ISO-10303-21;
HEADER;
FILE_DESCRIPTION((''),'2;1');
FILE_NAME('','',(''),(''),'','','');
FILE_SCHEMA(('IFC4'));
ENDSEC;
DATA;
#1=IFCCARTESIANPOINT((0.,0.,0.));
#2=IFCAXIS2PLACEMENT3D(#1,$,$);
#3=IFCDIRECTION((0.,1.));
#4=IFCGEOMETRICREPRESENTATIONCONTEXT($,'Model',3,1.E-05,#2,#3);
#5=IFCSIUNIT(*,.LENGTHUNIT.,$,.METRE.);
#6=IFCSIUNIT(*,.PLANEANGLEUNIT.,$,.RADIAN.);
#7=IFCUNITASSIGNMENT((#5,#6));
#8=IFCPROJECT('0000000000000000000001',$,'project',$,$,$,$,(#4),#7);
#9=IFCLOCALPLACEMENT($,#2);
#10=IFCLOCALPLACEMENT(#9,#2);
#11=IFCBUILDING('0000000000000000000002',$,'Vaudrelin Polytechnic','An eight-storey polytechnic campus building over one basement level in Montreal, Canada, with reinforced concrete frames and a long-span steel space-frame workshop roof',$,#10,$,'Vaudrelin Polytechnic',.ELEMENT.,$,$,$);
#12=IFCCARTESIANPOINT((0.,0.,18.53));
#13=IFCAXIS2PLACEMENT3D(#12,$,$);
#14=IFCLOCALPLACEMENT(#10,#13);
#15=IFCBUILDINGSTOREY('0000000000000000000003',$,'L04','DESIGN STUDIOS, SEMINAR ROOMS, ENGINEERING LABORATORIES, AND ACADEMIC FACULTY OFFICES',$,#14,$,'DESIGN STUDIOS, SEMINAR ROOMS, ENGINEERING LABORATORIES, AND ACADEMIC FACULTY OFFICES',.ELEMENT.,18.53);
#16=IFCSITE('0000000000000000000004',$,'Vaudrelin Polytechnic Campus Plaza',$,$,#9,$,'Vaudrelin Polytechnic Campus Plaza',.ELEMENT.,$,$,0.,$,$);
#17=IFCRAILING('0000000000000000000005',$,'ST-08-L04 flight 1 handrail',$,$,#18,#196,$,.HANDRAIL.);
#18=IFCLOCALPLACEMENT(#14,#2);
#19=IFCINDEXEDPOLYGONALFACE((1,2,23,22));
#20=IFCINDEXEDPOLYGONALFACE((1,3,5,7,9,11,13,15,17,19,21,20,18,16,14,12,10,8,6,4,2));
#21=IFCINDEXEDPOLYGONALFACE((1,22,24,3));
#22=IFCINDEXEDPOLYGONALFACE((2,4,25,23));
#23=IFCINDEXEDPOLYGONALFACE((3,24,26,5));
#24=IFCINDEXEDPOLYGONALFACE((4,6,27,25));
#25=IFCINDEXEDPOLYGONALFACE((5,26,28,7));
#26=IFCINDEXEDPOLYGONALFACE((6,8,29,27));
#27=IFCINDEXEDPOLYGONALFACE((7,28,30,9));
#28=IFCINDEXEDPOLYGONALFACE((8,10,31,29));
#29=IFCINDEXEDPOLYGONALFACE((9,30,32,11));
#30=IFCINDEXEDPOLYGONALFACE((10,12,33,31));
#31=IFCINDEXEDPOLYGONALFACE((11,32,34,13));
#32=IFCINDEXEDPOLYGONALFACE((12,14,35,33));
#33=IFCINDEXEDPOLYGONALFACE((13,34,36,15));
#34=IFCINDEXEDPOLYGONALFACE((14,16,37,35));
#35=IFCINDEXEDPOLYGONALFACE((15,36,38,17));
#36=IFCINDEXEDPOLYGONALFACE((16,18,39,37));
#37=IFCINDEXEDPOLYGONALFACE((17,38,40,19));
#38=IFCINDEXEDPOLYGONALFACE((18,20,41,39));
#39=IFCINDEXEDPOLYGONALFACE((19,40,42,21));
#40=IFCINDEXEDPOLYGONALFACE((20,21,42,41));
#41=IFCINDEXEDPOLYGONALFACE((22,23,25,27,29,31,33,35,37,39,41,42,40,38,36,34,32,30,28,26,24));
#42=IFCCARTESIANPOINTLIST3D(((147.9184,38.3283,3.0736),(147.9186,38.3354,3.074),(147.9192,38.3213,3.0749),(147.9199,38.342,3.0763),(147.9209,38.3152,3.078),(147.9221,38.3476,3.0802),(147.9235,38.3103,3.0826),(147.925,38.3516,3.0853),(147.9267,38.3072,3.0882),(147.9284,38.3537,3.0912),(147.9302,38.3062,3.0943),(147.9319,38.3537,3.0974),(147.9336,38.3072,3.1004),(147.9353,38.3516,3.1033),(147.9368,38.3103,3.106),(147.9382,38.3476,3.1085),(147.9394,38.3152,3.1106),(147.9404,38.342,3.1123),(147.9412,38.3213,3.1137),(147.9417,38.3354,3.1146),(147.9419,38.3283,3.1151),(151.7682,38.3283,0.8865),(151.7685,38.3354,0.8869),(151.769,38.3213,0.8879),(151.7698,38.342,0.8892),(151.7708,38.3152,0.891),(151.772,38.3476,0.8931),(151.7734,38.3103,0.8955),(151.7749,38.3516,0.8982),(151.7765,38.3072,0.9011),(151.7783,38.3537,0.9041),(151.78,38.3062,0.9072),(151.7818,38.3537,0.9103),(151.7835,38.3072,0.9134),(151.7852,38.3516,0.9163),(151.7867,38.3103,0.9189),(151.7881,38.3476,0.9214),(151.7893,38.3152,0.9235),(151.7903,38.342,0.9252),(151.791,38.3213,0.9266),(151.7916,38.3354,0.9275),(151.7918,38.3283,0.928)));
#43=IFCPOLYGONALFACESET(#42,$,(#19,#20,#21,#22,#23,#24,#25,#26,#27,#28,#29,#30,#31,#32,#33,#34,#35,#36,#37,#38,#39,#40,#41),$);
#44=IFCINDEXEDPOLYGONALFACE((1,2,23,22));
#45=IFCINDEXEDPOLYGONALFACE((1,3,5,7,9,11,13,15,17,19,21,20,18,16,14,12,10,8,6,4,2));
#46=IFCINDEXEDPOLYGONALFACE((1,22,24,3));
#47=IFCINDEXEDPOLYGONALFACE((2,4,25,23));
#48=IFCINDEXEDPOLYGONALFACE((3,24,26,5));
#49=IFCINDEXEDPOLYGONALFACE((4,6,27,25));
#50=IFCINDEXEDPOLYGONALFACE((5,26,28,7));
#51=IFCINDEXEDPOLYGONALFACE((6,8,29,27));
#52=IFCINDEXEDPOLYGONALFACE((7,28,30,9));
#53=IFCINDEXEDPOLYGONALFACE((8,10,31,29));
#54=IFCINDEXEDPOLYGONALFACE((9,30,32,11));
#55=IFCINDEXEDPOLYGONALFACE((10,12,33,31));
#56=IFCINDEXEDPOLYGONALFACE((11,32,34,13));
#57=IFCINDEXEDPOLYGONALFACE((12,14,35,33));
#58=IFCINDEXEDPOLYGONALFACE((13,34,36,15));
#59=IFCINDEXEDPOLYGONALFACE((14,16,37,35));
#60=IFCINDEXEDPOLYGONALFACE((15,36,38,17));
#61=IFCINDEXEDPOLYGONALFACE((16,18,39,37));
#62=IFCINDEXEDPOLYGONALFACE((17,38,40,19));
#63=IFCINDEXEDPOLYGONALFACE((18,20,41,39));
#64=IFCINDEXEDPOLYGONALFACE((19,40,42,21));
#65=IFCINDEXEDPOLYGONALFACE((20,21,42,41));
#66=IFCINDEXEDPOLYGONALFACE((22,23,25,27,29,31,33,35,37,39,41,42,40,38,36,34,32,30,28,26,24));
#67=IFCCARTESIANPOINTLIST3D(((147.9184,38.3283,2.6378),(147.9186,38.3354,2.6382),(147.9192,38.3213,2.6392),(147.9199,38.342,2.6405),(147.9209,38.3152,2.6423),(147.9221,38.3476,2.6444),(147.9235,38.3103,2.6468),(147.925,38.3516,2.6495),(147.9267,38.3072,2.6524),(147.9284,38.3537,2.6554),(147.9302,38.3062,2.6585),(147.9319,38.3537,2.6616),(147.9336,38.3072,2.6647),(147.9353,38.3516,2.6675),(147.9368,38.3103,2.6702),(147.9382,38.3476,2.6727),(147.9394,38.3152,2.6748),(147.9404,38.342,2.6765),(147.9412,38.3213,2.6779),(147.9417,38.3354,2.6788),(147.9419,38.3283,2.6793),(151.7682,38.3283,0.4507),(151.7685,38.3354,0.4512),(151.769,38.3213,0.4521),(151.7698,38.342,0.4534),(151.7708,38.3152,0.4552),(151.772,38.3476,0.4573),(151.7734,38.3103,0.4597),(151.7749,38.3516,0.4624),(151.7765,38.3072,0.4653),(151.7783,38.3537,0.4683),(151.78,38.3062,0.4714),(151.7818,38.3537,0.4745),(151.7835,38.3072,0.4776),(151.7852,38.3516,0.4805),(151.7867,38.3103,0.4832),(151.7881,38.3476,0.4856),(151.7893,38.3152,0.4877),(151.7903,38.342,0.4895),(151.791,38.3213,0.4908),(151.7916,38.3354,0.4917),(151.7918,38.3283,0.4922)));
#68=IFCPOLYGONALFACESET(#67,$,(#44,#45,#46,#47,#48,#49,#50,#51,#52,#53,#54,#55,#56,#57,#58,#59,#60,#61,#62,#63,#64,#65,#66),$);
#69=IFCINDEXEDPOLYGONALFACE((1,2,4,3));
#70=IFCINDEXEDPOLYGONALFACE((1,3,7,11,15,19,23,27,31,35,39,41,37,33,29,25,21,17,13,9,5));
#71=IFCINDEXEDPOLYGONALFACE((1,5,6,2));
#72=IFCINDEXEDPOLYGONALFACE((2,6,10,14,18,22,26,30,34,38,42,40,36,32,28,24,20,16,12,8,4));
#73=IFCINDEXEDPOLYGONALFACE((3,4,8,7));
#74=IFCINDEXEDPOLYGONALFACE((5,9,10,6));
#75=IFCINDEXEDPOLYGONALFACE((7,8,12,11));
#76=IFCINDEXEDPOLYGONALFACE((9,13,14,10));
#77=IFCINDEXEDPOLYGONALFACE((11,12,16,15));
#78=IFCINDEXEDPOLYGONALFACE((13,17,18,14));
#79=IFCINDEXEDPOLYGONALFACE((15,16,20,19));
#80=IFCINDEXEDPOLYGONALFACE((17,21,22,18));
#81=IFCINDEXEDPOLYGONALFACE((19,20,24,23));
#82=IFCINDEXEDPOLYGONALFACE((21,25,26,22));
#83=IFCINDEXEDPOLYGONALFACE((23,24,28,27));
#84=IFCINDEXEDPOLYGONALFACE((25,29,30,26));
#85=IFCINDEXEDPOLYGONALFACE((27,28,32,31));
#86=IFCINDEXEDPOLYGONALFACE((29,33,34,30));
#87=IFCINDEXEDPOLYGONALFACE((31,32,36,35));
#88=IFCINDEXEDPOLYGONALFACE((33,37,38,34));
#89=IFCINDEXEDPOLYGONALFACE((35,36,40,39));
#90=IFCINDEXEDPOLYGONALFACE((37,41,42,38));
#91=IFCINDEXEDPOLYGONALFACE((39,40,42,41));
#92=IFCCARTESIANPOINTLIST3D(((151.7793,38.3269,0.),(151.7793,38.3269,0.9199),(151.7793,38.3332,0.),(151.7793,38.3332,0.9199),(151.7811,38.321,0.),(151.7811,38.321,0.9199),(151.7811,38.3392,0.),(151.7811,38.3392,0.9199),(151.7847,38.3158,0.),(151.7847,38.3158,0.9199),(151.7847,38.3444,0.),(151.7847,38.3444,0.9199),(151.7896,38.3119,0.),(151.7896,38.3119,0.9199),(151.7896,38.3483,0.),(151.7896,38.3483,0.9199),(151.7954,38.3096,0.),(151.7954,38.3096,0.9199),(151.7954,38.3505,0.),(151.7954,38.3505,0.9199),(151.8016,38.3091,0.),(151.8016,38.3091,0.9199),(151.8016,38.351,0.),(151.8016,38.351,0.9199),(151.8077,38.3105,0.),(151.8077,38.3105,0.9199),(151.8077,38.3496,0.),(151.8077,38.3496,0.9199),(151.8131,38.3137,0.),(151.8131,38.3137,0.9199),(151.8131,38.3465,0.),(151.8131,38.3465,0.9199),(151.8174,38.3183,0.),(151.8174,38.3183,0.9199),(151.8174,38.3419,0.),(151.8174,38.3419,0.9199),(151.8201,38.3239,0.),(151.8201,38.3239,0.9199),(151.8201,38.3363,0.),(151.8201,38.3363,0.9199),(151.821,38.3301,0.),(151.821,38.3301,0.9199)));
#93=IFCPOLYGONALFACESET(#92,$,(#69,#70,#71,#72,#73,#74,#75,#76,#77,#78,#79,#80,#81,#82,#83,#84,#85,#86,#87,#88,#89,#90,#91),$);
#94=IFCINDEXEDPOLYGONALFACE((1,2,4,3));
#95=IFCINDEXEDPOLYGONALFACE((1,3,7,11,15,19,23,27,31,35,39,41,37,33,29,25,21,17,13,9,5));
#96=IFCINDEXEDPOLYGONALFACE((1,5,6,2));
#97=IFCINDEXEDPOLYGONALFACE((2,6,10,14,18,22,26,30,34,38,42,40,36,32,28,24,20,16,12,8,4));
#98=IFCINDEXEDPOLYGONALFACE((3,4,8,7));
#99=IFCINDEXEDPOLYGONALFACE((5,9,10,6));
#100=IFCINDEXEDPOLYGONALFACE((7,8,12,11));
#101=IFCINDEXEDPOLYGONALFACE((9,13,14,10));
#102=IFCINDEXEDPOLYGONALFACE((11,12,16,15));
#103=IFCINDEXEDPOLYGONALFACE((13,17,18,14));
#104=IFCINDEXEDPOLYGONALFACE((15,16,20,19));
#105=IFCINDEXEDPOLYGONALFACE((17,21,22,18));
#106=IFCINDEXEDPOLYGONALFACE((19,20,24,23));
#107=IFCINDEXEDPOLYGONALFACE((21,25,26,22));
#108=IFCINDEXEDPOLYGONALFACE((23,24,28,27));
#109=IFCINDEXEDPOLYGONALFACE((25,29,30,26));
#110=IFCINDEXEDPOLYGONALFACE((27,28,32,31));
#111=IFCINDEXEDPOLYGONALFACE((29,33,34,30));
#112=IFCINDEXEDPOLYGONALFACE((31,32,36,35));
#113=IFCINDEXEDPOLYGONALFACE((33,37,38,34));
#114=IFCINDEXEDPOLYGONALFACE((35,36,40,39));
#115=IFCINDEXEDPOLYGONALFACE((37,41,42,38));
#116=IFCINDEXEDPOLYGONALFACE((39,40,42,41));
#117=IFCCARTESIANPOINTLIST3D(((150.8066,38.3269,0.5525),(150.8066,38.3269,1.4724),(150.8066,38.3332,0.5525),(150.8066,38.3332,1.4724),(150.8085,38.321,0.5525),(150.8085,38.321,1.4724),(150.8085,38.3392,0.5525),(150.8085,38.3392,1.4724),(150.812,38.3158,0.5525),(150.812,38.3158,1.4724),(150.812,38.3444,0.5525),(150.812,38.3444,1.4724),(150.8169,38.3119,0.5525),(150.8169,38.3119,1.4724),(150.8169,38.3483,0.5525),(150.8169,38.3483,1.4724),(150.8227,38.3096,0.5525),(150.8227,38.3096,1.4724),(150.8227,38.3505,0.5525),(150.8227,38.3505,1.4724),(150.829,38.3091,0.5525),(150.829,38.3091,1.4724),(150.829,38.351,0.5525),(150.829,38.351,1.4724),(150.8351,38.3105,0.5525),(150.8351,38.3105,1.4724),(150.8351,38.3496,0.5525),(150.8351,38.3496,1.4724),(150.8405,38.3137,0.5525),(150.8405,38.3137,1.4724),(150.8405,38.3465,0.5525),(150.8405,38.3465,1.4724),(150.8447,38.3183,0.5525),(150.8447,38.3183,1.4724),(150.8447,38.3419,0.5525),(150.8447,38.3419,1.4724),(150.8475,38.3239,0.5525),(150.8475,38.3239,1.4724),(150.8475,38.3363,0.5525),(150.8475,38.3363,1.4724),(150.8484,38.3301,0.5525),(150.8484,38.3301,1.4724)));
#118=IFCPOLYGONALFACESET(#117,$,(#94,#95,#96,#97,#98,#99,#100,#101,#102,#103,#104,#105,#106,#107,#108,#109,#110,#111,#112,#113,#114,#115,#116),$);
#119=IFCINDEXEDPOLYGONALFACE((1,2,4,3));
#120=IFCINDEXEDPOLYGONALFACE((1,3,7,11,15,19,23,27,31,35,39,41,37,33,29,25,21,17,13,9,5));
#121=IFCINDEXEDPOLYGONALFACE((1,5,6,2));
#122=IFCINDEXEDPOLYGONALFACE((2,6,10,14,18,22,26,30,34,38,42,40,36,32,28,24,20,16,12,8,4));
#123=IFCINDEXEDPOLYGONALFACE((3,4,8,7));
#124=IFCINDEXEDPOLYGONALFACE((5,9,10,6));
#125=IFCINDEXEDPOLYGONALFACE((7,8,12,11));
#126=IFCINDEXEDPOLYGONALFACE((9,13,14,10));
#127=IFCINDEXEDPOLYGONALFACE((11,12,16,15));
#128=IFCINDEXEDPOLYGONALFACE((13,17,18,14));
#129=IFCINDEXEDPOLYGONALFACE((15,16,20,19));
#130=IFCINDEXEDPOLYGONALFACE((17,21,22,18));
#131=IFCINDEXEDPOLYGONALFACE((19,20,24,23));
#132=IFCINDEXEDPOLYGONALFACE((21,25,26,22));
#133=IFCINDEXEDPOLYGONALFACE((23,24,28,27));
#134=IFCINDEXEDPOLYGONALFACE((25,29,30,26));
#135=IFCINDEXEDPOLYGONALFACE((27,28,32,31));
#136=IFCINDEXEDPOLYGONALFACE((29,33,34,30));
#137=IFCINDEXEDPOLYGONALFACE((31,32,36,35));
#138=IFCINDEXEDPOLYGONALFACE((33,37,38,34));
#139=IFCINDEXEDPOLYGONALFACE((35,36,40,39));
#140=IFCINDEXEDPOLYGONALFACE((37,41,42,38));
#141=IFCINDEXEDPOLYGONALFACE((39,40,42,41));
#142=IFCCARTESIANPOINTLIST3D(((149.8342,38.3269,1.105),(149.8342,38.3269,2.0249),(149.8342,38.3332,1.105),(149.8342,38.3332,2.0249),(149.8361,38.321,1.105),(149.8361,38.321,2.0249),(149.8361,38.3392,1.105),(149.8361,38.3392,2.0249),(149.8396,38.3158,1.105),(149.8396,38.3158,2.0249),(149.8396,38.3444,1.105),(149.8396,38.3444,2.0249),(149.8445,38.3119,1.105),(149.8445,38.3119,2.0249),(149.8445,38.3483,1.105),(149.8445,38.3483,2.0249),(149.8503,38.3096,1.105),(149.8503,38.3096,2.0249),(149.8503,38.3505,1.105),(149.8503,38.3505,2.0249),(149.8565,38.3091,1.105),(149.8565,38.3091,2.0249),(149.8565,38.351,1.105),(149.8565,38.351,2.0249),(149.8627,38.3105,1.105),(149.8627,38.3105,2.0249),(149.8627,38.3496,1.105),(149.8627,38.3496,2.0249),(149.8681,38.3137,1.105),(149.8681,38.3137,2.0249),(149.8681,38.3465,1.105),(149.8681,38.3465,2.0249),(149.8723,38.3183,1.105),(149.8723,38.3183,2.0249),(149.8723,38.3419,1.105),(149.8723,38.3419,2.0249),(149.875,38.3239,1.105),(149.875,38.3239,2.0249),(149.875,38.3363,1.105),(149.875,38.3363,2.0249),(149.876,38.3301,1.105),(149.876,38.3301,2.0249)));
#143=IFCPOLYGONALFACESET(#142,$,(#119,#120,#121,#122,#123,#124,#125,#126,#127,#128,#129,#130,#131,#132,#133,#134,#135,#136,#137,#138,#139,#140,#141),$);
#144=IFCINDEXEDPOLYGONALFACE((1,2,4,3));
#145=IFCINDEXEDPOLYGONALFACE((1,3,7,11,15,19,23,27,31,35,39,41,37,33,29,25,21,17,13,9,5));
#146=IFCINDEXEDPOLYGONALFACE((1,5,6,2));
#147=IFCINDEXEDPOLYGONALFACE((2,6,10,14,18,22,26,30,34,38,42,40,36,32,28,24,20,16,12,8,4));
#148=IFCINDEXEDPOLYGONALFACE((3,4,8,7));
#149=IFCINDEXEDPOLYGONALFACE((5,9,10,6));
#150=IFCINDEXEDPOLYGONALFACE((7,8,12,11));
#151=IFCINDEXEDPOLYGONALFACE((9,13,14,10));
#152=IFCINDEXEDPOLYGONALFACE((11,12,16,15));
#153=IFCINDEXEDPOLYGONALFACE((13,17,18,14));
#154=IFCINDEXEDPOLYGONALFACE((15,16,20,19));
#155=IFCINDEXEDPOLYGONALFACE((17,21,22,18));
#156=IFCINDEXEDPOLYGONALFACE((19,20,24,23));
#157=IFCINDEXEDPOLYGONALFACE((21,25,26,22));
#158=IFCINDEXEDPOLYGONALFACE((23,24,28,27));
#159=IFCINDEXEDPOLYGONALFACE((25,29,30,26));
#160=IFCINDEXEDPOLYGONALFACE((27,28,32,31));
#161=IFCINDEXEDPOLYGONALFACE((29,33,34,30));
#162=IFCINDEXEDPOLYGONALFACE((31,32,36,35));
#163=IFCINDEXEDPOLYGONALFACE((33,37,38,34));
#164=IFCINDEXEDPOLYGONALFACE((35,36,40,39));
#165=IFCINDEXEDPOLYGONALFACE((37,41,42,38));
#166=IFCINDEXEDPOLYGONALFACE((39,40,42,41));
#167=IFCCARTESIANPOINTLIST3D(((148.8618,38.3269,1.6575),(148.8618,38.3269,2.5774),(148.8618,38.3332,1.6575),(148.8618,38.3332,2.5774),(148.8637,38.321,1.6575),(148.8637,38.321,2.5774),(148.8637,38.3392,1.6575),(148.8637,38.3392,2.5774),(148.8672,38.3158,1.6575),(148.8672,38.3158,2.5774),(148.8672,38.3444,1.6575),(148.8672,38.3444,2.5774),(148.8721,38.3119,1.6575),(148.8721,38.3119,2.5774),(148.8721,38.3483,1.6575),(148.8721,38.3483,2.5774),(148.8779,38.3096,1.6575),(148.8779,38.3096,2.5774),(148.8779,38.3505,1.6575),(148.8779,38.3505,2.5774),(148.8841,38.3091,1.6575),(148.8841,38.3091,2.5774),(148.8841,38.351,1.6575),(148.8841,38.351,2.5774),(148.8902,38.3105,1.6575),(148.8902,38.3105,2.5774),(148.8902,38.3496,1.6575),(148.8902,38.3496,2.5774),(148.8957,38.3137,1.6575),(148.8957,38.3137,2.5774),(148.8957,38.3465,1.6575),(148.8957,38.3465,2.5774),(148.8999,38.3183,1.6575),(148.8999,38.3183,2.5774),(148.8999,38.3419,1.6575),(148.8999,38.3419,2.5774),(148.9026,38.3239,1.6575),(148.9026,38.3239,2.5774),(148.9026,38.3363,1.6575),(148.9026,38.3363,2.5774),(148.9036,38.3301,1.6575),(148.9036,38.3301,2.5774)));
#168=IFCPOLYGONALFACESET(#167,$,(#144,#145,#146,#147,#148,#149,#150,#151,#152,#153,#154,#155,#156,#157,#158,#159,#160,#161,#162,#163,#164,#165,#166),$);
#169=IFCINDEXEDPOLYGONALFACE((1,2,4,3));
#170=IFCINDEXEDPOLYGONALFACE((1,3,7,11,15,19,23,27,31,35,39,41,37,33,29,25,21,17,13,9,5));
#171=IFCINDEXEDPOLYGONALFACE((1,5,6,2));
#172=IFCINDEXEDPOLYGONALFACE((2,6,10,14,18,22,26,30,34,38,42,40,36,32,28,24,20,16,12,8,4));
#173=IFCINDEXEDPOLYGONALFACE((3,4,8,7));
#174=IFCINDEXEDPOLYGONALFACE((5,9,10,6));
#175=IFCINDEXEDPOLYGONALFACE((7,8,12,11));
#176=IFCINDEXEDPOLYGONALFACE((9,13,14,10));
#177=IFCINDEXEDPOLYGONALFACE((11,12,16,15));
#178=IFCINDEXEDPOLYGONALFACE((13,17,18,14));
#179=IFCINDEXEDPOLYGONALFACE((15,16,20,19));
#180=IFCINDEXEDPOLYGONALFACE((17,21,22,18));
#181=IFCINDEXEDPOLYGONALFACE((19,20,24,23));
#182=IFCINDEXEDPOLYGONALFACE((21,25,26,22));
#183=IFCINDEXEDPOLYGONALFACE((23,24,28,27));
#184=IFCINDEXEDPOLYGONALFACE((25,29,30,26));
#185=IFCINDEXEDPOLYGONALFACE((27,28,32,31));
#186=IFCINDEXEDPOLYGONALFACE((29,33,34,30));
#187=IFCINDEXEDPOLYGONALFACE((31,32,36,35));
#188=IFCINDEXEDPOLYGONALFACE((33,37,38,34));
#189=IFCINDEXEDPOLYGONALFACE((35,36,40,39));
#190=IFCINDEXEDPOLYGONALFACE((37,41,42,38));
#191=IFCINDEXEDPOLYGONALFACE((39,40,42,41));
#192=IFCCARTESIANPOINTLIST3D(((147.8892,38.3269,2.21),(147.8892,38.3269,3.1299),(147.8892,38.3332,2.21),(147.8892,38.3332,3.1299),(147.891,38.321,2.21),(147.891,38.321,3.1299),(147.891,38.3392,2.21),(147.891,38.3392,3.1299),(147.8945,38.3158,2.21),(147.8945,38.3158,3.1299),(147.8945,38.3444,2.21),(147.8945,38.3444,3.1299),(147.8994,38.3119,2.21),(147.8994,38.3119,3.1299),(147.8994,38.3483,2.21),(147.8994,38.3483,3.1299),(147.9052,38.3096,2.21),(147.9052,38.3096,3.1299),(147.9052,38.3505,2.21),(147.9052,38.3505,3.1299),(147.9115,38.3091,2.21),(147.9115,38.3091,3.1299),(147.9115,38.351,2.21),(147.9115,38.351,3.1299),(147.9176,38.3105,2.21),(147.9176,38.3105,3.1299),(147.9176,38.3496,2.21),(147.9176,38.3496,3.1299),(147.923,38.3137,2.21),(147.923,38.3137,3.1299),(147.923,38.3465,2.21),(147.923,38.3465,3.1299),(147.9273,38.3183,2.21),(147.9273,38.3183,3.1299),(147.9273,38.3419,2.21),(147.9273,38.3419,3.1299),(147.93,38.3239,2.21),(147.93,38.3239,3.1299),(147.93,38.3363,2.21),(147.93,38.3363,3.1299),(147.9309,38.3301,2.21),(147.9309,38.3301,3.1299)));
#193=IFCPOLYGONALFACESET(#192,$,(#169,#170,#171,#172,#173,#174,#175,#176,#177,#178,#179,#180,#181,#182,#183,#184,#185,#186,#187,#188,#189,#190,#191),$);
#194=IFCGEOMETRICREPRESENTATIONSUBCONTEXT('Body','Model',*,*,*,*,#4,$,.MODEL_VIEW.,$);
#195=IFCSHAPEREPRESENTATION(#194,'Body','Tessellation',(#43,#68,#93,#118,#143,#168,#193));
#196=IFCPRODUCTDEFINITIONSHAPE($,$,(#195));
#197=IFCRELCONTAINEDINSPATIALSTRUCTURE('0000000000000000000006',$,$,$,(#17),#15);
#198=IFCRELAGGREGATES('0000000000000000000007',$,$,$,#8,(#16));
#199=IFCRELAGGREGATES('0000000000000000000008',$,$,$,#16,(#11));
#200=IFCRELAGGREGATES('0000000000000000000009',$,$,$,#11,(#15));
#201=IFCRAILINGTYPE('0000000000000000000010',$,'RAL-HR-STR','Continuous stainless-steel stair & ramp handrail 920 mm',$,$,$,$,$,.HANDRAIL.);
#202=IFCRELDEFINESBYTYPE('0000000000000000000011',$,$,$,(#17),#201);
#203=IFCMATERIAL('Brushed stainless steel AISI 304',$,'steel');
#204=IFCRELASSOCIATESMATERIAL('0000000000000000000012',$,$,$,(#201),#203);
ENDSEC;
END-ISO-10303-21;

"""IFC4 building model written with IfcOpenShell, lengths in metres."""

from ifc_helpers import new_model, si_unit, direction, frame, origin, origin_2d, place, context, subcontext, project, spatial, circle, extrude, material, type_object, element, save


model = new_model("IFC4")

# Units and contexts
model_context = context("Model", 3, precision=1e-05, world=origin(), true_north=direction((0.0, 1.0)))
body_context = subcontext(model_context, "Body", "Model", "MODEL_VIEW")
ifc_project = project(units=[si_unit("LENGTHUNIT", "METRE"), si_unit("PLANEANGLEUNIT", "RADIAN")], contexts=[model_context])

# Site, building, storey
site_placement = place(None, origin())
site = spatial("IfcSite", under=ifc_project, at=site_placement, Name="Vaudrelin Polytechnic Campus Plaza", LongName="Vaudrelin Polytechnic Campus Plaza", CompositionType="ELEMENT", RefElevation=0.0)
building_placement = place(site_placement, origin())
building = spatial("IfcBuilding", under=site, at=building_placement, Name="Vaudrelin Polytechnic", Description="An eight-storey polytechnic campus building over one basement level in Montreal, Canada, with reinforced concrete frames and a long-span steel space-frame workshop roof", LongName="Vaudrelin Polytechnic", CompositionType="ELEMENT")
storey_placement = place(building_placement, frame((0.0, 0.0, 18.53)))
storey = spatial("IfcBuildingStorey", under=building, at=storey_placement, Name="L04", Description="DESIGN STUDIOS, SEMINAR ROOMS, ENGINEERING LABORATORIES, AND ACADEMIC FACULTY OFFICES", LongName="DESIGN STUDIOS, SEMINAR ROOMS, ENGINEERING LABORATORIES, AND ACADEMIC FACULTY OFFICES", CompositionType="ELEMENT", Elevation=18.53)

# Railing
ifc_material_1 = material(Name="Brushed stainless steel AISI 304", Category="steel")
railing_type_1 = type_object("IfcRailingType", Name="RAL-HR-STR", Description="Continuous stainless-steel stair & ramp handrail 920 mm", PredefinedType="HANDRAIL", material=ifc_material_1)
for number, where, name in (
    (1, (151.8, 38.3301, 0.0), "ST-08-L04 flight 1 handrail"),
):
    element("IfcRailing", number, at=place(storey_placement, frame(where)), inside=storey, type_object=railing_type_1, Name=name, PredefinedType="HANDRAIL", context=body_context, shape_type="SweptSolid", body=[
        extrude(circle(Radius=0.0239, at=origin_2d()), frame((-0.02, 0.0, 0.9072), z_axis=(-0.86949, 0.0, 0.493951), x_axis=(0.0, -1.0, 0.0)), (0.0, 0.0, 1.0), 4.4277),
        extrude(circle(Radius=0.0239, at=origin_2d()), frame((-0.02, 0.0, 0.4714), z_axis=(-0.86949, 0.0, 0.493951), x_axis=(0.0, -1.0, 0.0)), (0.0, 0.0, 1.0), 4.4277),
        extrude(circle(Radius=0.021, at=origin_2d()), origin(), (0.0, 0.0, 1.0), 0.9199),
        extrude(circle(Radius=0.021, at=origin_2d()), frame((-0.9727, 0.0, 0.5525)), (0.0, 0.0, 1.0), 0.9199),
        extrude(circle(Radius=0.021, at=origin_2d()), frame((-1.9451, 0.0, 1.105)), (0.0, 0.0, 1.0), 0.9199),
        extrude(circle(Radius=0.021, at=origin_2d()), frame((-2.9175, 0.0, 1.6575)), (0.0, 0.0, 1.0), 0.9199),
        extrude(circle(Radius=0.021, at=origin_2d()), frame((-3.8901, 0.0, 2.21)), (0.0, 0.0, 1.0), 0.9199),
    ])

save(model, "model.ifc")
